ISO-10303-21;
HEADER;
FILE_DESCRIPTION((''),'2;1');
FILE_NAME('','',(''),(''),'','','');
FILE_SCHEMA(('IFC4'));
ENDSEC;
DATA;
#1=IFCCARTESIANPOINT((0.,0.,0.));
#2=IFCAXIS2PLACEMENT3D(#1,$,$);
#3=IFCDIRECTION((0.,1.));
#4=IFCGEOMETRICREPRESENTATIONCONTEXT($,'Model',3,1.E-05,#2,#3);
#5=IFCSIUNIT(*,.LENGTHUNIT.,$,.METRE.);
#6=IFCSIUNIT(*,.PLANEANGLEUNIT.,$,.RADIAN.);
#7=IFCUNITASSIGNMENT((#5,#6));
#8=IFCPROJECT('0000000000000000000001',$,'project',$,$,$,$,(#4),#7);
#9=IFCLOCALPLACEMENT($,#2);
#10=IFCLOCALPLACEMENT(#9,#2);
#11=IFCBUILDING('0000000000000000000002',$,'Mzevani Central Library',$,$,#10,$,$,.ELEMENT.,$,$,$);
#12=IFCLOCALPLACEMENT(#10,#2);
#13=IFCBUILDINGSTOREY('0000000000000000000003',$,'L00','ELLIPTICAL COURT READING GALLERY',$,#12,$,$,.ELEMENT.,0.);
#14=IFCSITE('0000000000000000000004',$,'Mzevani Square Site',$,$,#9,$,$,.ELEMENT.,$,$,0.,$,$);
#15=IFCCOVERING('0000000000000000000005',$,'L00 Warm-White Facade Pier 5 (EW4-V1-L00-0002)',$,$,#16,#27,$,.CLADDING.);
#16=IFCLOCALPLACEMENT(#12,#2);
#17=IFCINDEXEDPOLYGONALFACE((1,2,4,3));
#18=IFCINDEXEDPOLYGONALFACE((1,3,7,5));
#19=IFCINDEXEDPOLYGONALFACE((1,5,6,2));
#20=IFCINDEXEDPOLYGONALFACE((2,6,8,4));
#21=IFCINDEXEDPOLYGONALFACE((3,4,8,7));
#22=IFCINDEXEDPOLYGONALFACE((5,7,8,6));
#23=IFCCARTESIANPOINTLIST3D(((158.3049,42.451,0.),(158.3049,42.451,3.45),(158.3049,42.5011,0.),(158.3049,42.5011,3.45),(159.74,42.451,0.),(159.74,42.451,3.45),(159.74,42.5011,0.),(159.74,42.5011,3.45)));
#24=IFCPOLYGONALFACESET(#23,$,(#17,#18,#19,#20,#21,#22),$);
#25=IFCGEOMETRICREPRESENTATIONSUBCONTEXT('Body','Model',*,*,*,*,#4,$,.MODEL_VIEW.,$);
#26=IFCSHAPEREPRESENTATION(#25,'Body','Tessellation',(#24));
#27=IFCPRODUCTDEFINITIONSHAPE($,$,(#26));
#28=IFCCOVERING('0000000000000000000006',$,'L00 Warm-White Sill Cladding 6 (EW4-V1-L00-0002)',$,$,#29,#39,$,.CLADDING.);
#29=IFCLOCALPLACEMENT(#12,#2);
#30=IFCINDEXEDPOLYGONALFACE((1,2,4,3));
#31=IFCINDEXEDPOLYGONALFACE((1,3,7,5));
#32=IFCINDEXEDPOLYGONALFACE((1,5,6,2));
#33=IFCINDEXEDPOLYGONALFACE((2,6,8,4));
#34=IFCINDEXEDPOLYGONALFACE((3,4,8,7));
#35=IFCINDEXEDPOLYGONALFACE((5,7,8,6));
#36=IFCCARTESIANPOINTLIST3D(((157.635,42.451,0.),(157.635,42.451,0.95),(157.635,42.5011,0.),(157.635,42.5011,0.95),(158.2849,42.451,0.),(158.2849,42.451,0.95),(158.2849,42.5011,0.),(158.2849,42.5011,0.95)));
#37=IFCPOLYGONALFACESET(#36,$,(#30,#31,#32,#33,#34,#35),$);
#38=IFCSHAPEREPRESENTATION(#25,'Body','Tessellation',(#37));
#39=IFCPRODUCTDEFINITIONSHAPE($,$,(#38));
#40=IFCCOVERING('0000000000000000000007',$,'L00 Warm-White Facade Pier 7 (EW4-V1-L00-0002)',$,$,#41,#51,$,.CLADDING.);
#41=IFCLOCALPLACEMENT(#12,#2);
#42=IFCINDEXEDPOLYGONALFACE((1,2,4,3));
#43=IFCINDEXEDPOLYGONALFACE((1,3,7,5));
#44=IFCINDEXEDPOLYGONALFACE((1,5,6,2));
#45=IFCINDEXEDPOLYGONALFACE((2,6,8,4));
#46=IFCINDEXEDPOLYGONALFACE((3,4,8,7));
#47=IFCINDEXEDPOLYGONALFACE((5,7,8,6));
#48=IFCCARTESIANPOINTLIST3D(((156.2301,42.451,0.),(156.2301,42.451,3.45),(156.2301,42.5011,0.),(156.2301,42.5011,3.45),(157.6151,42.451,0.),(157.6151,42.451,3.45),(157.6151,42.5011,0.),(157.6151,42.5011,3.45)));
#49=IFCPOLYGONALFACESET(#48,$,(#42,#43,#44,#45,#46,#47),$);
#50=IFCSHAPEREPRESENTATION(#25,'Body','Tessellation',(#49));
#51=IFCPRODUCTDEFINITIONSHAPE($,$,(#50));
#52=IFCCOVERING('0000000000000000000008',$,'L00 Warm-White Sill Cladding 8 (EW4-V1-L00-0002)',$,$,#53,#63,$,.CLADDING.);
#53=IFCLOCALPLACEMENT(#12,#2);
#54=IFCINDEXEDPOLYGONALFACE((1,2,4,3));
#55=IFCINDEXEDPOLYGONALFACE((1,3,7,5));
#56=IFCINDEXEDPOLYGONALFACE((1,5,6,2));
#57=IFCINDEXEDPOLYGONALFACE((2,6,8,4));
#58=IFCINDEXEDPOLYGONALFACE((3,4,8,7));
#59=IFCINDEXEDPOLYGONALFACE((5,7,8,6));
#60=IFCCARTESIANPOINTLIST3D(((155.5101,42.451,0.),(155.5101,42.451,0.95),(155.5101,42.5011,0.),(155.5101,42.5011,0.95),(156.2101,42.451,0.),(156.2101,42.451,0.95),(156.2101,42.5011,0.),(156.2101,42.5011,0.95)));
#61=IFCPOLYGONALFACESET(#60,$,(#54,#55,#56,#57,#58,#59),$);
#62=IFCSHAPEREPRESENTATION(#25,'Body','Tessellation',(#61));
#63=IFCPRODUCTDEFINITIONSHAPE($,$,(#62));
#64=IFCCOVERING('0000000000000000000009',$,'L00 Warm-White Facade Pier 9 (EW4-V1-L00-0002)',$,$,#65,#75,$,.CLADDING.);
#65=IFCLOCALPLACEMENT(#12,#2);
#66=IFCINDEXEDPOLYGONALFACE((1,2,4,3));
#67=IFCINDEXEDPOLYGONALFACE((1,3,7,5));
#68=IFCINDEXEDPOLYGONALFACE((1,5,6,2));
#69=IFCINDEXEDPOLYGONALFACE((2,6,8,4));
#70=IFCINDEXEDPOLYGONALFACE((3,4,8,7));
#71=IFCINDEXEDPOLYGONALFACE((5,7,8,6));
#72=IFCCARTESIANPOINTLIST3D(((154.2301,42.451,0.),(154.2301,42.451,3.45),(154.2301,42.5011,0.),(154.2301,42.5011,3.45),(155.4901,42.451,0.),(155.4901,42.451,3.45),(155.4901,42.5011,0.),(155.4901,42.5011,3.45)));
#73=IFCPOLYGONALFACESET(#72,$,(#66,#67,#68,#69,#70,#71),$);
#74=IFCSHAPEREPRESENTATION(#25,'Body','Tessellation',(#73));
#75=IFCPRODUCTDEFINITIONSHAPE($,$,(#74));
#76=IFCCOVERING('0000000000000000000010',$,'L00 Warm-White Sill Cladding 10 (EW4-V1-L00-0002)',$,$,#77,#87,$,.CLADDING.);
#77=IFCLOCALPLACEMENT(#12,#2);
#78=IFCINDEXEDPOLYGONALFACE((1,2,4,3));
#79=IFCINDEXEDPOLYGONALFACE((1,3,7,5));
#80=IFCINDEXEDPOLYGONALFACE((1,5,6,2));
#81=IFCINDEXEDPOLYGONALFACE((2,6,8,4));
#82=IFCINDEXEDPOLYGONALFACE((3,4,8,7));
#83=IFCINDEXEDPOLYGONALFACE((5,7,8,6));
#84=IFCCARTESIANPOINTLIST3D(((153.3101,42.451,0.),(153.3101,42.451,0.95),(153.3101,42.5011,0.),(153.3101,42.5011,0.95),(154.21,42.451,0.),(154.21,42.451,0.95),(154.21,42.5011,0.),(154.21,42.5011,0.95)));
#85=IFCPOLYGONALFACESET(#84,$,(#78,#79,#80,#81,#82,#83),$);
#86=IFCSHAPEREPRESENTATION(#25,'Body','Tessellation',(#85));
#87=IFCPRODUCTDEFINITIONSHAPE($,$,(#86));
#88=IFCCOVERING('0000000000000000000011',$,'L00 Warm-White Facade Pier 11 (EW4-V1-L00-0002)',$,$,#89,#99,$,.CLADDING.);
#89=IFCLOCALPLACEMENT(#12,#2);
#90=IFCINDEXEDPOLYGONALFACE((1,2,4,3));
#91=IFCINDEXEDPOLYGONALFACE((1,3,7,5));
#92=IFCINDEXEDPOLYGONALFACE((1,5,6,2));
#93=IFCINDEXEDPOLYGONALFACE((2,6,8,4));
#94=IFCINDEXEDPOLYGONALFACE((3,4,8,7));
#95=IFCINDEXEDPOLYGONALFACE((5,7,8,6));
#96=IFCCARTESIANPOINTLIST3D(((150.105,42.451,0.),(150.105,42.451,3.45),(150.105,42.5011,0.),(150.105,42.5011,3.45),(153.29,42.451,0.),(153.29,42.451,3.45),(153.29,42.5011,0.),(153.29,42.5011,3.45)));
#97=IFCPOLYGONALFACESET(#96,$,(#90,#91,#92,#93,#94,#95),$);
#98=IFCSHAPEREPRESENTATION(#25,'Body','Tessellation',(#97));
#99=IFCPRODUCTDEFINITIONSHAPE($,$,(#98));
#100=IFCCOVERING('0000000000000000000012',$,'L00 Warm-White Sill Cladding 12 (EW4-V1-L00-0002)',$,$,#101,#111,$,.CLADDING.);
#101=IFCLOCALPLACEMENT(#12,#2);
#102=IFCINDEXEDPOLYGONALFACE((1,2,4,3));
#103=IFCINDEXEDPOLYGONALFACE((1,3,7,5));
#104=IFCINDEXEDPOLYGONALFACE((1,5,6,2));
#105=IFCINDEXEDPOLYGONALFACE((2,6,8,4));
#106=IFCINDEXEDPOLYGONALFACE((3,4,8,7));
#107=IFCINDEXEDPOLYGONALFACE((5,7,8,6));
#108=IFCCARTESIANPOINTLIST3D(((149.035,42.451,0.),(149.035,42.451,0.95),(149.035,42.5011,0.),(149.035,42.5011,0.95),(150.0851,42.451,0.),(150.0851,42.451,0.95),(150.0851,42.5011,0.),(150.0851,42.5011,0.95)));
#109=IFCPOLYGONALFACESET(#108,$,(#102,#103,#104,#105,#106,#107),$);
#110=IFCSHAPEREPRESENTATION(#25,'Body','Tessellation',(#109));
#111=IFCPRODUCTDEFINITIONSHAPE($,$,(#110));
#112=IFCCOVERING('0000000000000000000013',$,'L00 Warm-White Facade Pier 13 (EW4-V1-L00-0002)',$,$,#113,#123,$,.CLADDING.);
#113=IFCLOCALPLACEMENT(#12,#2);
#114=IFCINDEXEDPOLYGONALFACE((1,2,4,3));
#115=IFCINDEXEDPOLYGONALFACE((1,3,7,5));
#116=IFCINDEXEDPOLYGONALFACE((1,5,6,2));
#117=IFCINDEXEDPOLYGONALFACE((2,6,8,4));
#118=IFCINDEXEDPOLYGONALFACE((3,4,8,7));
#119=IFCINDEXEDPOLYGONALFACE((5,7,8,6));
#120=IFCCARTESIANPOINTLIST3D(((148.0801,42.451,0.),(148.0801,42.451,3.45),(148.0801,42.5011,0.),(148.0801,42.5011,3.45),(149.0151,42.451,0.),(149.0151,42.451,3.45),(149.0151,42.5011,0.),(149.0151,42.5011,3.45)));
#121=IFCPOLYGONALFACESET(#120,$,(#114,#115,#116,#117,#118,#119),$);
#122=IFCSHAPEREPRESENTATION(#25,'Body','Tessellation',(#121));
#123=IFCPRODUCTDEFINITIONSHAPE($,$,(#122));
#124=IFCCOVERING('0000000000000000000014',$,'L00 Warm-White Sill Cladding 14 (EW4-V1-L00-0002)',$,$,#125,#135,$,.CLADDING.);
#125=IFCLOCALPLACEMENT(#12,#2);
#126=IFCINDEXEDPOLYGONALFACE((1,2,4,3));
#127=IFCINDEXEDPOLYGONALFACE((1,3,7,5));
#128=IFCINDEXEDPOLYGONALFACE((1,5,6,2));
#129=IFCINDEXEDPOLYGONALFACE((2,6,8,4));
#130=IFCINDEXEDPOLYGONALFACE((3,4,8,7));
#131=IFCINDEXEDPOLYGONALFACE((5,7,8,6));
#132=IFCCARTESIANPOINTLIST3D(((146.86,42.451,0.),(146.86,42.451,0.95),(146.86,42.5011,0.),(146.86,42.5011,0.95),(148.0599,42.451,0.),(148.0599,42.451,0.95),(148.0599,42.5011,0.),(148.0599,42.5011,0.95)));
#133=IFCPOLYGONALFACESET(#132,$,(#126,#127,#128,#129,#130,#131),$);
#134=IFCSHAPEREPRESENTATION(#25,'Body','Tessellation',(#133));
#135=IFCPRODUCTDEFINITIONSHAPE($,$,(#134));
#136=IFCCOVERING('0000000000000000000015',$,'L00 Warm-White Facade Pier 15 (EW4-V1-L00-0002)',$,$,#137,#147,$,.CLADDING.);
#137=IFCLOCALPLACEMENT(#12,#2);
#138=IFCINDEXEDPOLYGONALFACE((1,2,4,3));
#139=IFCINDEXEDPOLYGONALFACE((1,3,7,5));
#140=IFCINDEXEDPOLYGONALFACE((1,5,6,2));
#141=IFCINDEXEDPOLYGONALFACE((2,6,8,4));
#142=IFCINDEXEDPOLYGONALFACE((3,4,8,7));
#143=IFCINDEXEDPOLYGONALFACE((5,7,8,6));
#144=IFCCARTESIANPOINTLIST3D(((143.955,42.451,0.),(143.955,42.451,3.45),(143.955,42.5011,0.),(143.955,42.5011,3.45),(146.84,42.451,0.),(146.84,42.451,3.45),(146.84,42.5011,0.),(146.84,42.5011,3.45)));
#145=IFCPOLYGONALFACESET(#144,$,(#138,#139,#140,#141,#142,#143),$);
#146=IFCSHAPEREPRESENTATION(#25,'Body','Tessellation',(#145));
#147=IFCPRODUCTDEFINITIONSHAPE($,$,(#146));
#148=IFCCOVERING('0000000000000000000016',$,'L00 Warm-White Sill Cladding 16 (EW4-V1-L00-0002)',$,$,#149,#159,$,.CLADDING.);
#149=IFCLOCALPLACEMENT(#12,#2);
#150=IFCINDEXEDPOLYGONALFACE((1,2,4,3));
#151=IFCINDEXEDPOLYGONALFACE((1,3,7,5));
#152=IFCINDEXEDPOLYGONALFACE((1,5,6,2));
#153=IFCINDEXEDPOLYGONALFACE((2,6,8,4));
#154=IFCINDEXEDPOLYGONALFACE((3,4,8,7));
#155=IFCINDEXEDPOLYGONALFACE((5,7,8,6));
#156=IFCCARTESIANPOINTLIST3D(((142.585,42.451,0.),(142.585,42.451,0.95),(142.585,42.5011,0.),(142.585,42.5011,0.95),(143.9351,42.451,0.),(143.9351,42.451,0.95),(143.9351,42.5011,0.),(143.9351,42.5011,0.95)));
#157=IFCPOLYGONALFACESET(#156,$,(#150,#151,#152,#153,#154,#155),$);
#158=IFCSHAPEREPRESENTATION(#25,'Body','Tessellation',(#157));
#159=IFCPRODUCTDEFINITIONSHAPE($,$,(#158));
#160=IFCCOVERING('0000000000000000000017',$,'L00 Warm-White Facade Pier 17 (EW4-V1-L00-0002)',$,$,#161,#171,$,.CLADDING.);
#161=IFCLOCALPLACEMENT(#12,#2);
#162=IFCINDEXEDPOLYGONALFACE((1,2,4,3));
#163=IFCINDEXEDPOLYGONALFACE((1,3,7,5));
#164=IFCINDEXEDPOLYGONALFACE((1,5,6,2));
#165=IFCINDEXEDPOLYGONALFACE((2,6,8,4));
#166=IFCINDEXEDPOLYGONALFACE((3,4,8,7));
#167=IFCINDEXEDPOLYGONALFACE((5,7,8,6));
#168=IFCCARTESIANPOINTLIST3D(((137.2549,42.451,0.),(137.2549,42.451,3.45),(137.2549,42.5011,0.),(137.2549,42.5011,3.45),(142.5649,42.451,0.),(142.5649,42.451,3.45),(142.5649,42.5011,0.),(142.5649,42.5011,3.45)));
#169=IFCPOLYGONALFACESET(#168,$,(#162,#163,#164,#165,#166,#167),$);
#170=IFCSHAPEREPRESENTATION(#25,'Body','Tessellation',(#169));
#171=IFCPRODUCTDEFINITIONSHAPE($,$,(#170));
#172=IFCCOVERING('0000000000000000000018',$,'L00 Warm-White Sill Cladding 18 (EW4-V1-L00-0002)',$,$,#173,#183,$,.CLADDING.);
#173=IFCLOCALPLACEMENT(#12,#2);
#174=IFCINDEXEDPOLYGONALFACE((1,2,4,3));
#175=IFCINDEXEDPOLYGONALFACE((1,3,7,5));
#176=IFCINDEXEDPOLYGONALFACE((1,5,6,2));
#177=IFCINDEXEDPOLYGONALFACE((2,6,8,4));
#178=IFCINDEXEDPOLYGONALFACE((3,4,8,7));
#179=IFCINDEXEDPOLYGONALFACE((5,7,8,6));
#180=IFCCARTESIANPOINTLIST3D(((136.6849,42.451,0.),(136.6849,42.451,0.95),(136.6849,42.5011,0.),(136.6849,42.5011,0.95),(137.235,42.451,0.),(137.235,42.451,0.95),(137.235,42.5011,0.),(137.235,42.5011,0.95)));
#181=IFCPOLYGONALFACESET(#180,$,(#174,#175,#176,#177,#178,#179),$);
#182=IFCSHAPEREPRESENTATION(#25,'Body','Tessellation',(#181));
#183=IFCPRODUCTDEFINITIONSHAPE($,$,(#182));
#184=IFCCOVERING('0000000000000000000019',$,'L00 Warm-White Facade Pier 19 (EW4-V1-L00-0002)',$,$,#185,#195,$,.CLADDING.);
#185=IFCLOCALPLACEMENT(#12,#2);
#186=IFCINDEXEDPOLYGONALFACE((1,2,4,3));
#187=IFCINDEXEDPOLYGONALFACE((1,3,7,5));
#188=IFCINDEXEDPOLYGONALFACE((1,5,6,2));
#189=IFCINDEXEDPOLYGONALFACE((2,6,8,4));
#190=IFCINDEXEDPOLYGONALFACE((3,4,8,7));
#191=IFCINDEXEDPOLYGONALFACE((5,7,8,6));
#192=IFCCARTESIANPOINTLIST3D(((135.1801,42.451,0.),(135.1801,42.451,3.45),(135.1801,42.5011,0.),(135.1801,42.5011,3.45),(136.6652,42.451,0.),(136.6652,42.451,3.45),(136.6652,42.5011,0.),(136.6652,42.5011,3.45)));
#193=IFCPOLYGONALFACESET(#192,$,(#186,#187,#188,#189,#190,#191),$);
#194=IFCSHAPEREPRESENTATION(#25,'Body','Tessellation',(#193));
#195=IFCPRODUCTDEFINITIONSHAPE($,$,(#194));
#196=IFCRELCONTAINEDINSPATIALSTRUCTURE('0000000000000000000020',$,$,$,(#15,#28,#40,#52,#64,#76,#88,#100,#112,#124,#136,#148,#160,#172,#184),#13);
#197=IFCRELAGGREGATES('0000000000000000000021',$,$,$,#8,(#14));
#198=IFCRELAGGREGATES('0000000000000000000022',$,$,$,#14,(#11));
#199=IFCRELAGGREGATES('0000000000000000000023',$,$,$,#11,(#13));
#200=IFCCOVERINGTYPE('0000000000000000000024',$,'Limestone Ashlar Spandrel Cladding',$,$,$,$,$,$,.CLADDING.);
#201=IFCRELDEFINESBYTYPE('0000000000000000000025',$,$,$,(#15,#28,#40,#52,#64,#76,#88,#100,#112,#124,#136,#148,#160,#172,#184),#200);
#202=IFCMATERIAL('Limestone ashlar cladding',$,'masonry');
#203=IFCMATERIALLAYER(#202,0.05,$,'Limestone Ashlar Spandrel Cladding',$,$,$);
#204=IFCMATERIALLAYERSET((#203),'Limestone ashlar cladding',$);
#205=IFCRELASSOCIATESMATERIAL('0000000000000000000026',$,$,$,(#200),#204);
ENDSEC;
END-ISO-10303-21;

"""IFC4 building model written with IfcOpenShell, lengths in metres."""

from ifc_helpers import new_model, si_unit, direction, frame, origin, origin_2d, place, context, subcontext, project, spatial, rectangle, extrude, material, layer, layer_set, type_object, element, save


model = new_model("IFC4")

# Units and contexts
model_context = context("Model", 3, precision=1e-05, world=origin(), true_north=direction((0.0, 1.0)))
body_context = subcontext(model_context, "Body", "Model", "MODEL_VIEW")
ifc_project = project(units=[si_unit("LENGTHUNIT", "METRE"), si_unit("PLANEANGLEUNIT", "RADIAN")], contexts=[model_context])

# Site, building, storey
site_placement = place(None, origin())
site = spatial("IfcSite", under=ifc_project, at=site_placement, Name="Mzevani Square Site", CompositionType="ELEMENT", RefElevation=0.0)
building_placement = place(site_placement, origin())
building = spatial("IfcBuilding", under=site, at=building_placement, Name="Mzevani Central Library", CompositionType="ELEMENT")
storey_placement = place(building_placement, origin())
storey = spatial("IfcBuildingStorey", under=building, at=storey_placement, Name="L00", Description="ELLIPTICAL COURT READING GALLERY", CompositionType="ELEMENT", Elevation=0.0)

# Coverings
ifc_material_1 = material(Name="Limestone ashlar cladding", Category="masonry")
ifc_layer_1 = layer(ifc_material_1, 0.05, Name="Limestone Ashlar Spandrel Cladding")
ifc_layer_set_1 = layer_set([ifc_layer_1], Name="Limestone ashlar cladding")
covering_type_1 = type_object("IfcCoveringType", Name="Limestone Ashlar Spandrel Cladding", PredefinedType="CLADDING", material=ifc_layer_set_1)
covering_1_placement = place(storey_placement, frame((159.0225, 42.4761, 0.0), z_axis=(0.0, 0.0, 1.0), x_axis=(-1.0, 0.0, 0.0)))
element("IfcCovering", 1, at=covering_1_placement, inside=storey, type_object=covering_type_1, Name="L00 Warm-White Facade Pier 5 (EW4-V1-L00-0002)", PredefinedType="CLADDING", context=body_context, shape_type="SweptSolid", body=[
    extrude(rectangle(XDim=1.4351, YDim=0.05, at=origin_2d()), origin(), (0.0, 0.0, 1.0), 3.45),
])
covering_2_placement = place(storey_placement, frame((157.96, 42.4761, 0.0), z_axis=(0.0, 0.0, 1.0), x_axis=(-1.0, 0.0, 0.0)))
element("IfcCovering", 2, at=covering_2_placement, inside=storey, type_object=covering_type_1, Name="L00 Warm-White Sill Cladding 6 (EW4-V1-L00-0002)", PredefinedType="CLADDING", context=body_context, shape_type="SweptSolid", body=[
    extrude(rectangle(XDim=0.6499, YDim=0.05, at=origin_2d()), origin(), (0.0, 0.0, 1.0), 0.95),
])
covering_3_placement = place(storey_placement, frame((156.9226, 42.4761, 0.0), z_axis=(0.0, 0.0, 1.0), x_axis=(-1.0, 0.0, 0.0)))
element("IfcCovering", 3, at=covering_3_placement, inside=storey, type_object=covering_type_1, Name="L00 Warm-White Facade Pier 7 (EW4-V1-L00-0002)", PredefinedType="CLADDING", context=body_context, shape_type="SweptSolid", body=[
    extrude(rectangle(XDim=1.385, YDim=0.05, at=origin_2d()), origin(), (0.0, 0.0, 1.0), 3.45),
])
covering_4_placement = place(storey_placement, frame((155.8601, 42.4761, 0.0), z_axis=(0.0, 0.0, 1.0), x_axis=(-1.0, 0.0, 0.0)))
element("IfcCovering", 4, at=covering_4_placement, inside=storey, type_object=covering_type_1, Name="L00 Warm-White Sill Cladding 8 (EW4-V1-L00-0002)", PredefinedType="CLADDING", context=body_context, shape_type="SweptSolid", body=[
    extrude(rectangle(XDim=0.7, YDim=0.05, at=origin_2d()), origin(), (0.0, 0.0, 1.0), 0.95),
])
covering_5_placement = place(storey_placement, frame((154.8601, 42.4761, 0.0), z_axis=(0.0, 0.0, 1.0), x_axis=(-1.0, 0.0, 0.0)))
element("IfcCovering", 5, at=covering_5_placement, inside=storey, type_object=covering_type_1, Name="L00 Warm-White Facade Pier 9 (EW4-V1-L00-0002)", PredefinedType="CLADDING", context=body_context, shape_type="SweptSolid", body=[
    extrude(rectangle(XDim=1.26, YDim=0.05, at=origin_2d()), origin(), (0.0, 0.0, 1.0), 3.45),
])
covering_6_placement = place(storey_placement, frame((153.76, 42.4761, 0.0), z_axis=(0.0, 0.0, 1.0), x_axis=(-1.0, 0.0, 0.0)))
element("IfcCovering", 6, at=covering_6_placement, inside=storey, type_object=covering_type_1, Name="L00 Warm-White Sill Cladding 10 (EW4-V1-L00-0002)", PredefinedType="CLADDING", context=body_context, shape_type="SweptSolid", body=[
    extrude(rectangle(XDim=0.8999, YDim=0.05, at=origin_2d()), origin(), (0.0, 0.0, 1.0), 0.95),
])
covering_7_placement = place(storey_placement, frame((151.6975, 42.4761, 0.0), z_axis=(0.0, 0.0, 1.0), x_axis=(-1.0, 0.0, 0.0)))
element("IfcCovering", 7, at=covering_7_placement, inside=storey, type_object=covering_type_1, Name="L00 Warm-White Facade Pier 11 (EW4-V1-L00-0002)", PredefinedType="CLADDING", context=body_context, shape_type="SweptSolid", body=[
    extrude(rectangle(XDim=3.1851, YDim=0.05, at=origin_2d()), origin(), (0.0, 0.0, 1.0), 3.45),
])
covering_8_placement = place(storey_placement, frame((149.5601, 42.4761, 0.0), z_axis=(0.0, 0.0, 1.0), x_axis=(-1.0, 0.0, 0.0)))
element("IfcCovering", 8, at=covering_8_placement, inside=storey, type_object=covering_type_1, Name="L00 Warm-White Sill Cladding 12 (EW4-V1-L00-0002)", PredefinedType="CLADDING", context=body_context, shape_type="SweptSolid", body=[
    extrude(rectangle(XDim=1.05, YDim=0.05, at=origin_2d()), origin(), (0.0, 0.0, 1.0), 0.95),
])
covering_9_placement = place(storey_placement, frame((148.5476, 42.4761, 0.0), z_axis=(0.0, 0.0, 1.0), x_axis=(-1.0, 0.0, 0.0)))
element("IfcCovering", 9, at=covering_9_placement, inside=storey, type_object=covering_type_1, Name="L00 Warm-White Facade Pier 13 (EW4-V1-L00-0002)", PredefinedType="CLADDING", context=body_context, shape_type="SweptSolid", body=[
    extrude(rectangle(XDim=0.9351, YDim=0.05, at=origin_2d()), origin(), (0.0, 0.0, 1.0), 3.45),
])
covering_10_placement = place(storey_placement, frame((147.46, 42.4761, 0.0), z_axis=(0.0, 0.0, 1.0), x_axis=(-1.0, 0.0, 0.0)))
element("IfcCovering", 10, at=covering_10_placement, inside=storey, type_object=covering_type_1, Name="L00 Warm-White Sill Cladding 14 (EW4-V1-L00-0002)", PredefinedType="CLADDING", context=body_context, shape_type="SweptSolid", body=[
    extrude(rectangle(XDim=1.2, YDim=0.05, at=origin_2d()), origin(), (0.0, 0.0, 1.0), 0.95),
])
covering_11_placement = place(storey_placement, frame((145.3975, 42.4761, 0.0), z_axis=(0.0, 0.0, 1.0), x_axis=(-1.0, 0.0, 0.0)))
element("IfcCovering", 11, at=covering_11_placement, inside=storey, type_object=covering_type_1, Name="L00 Warm-White Facade Pier 15 (EW4-V1-L00-0002)", PredefinedType="CLADDING", context=body_context, shape_type="SweptSolid", body=[
    extrude(rectangle(XDim=2.885, YDim=0.05, at=origin_2d()), origin(), (0.0, 0.0, 1.0), 3.45),
])
covering_12_placement = place(storey_placement, frame((143.26, 42.4761, 0.0), z_axis=(0.0, 0.0, 1.0), x_axis=(-1.0, 0.0, 0.0)))
element("IfcCovering", 12, at=covering_12_placement, inside=storey, type_object=covering_type_1, Name="L00 Warm-White Sill Cladding 16 (EW4-V1-L00-0002)", PredefinedType="CLADDING", context=body_context, shape_type="SweptSolid", body=[
    extrude(rectangle(XDim=1.3501, YDim=0.05, at=origin_2d()), origin(), (0.0, 0.0, 1.0), 0.95),
])
covering_13_placement = place(storey_placement, frame((139.9099, 42.4761, 0.0), z_axis=(0.0, 0.0, 1.0), x_axis=(-1.0, 0.0, 0.0)))
element("IfcCovering", 13, at=covering_13_placement, inside=storey, type_object=covering_type_1, Name="L00 Warm-White Facade Pier 17 (EW4-V1-L00-0002)", PredefinedType="CLADDING", context=body_context, shape_type="SweptSolid", body=[
    extrude(rectangle(XDim=5.3101, YDim=0.05, at=origin_2d()), origin(), (0.0, 0.0, 1.0), 3.45),
])
covering_14_placement = place(storey_placement, frame((136.96, 42.4761, 0.0), z_axis=(0.0, 0.0, 1.0), x_axis=(-1.0, 0.0, 0.0)))
element("IfcCovering", 14, at=covering_14_placement, inside=storey, type_object=covering_type_1, Name="L00 Warm-White Sill Cladding 18 (EW4-V1-L00-0002)", PredefinedType="CLADDING", context=body_context, shape_type="SweptSolid", body=[
    extrude(rectangle(XDim=0.55, YDim=0.05, at=origin_2d()), origin(), (0.0, 0.0, 1.0), 0.95),
])
covering_15_placement = place(storey_placement, frame((135.9226, 42.4761, 0.0), z_axis=(0.0, 0.0, 1.0), x_axis=(-1.0, 0.0, 0.0)))
element("IfcCovering", 15, at=covering_15_placement, inside=storey, type_object=covering_type_1, Name="L00 Warm-White Facade Pier 19 (EW4-V1-L00-0002)", PredefinedType="CLADDING", context=body_context, shape_type="SweptSolid", body=[
    extrude(rectangle(XDim=1.4851, YDim=0.05, at=origin_2d()), origin(), (0.0, 0.0, 1.0), 3.45),
])

save(model, "model.ifc")
